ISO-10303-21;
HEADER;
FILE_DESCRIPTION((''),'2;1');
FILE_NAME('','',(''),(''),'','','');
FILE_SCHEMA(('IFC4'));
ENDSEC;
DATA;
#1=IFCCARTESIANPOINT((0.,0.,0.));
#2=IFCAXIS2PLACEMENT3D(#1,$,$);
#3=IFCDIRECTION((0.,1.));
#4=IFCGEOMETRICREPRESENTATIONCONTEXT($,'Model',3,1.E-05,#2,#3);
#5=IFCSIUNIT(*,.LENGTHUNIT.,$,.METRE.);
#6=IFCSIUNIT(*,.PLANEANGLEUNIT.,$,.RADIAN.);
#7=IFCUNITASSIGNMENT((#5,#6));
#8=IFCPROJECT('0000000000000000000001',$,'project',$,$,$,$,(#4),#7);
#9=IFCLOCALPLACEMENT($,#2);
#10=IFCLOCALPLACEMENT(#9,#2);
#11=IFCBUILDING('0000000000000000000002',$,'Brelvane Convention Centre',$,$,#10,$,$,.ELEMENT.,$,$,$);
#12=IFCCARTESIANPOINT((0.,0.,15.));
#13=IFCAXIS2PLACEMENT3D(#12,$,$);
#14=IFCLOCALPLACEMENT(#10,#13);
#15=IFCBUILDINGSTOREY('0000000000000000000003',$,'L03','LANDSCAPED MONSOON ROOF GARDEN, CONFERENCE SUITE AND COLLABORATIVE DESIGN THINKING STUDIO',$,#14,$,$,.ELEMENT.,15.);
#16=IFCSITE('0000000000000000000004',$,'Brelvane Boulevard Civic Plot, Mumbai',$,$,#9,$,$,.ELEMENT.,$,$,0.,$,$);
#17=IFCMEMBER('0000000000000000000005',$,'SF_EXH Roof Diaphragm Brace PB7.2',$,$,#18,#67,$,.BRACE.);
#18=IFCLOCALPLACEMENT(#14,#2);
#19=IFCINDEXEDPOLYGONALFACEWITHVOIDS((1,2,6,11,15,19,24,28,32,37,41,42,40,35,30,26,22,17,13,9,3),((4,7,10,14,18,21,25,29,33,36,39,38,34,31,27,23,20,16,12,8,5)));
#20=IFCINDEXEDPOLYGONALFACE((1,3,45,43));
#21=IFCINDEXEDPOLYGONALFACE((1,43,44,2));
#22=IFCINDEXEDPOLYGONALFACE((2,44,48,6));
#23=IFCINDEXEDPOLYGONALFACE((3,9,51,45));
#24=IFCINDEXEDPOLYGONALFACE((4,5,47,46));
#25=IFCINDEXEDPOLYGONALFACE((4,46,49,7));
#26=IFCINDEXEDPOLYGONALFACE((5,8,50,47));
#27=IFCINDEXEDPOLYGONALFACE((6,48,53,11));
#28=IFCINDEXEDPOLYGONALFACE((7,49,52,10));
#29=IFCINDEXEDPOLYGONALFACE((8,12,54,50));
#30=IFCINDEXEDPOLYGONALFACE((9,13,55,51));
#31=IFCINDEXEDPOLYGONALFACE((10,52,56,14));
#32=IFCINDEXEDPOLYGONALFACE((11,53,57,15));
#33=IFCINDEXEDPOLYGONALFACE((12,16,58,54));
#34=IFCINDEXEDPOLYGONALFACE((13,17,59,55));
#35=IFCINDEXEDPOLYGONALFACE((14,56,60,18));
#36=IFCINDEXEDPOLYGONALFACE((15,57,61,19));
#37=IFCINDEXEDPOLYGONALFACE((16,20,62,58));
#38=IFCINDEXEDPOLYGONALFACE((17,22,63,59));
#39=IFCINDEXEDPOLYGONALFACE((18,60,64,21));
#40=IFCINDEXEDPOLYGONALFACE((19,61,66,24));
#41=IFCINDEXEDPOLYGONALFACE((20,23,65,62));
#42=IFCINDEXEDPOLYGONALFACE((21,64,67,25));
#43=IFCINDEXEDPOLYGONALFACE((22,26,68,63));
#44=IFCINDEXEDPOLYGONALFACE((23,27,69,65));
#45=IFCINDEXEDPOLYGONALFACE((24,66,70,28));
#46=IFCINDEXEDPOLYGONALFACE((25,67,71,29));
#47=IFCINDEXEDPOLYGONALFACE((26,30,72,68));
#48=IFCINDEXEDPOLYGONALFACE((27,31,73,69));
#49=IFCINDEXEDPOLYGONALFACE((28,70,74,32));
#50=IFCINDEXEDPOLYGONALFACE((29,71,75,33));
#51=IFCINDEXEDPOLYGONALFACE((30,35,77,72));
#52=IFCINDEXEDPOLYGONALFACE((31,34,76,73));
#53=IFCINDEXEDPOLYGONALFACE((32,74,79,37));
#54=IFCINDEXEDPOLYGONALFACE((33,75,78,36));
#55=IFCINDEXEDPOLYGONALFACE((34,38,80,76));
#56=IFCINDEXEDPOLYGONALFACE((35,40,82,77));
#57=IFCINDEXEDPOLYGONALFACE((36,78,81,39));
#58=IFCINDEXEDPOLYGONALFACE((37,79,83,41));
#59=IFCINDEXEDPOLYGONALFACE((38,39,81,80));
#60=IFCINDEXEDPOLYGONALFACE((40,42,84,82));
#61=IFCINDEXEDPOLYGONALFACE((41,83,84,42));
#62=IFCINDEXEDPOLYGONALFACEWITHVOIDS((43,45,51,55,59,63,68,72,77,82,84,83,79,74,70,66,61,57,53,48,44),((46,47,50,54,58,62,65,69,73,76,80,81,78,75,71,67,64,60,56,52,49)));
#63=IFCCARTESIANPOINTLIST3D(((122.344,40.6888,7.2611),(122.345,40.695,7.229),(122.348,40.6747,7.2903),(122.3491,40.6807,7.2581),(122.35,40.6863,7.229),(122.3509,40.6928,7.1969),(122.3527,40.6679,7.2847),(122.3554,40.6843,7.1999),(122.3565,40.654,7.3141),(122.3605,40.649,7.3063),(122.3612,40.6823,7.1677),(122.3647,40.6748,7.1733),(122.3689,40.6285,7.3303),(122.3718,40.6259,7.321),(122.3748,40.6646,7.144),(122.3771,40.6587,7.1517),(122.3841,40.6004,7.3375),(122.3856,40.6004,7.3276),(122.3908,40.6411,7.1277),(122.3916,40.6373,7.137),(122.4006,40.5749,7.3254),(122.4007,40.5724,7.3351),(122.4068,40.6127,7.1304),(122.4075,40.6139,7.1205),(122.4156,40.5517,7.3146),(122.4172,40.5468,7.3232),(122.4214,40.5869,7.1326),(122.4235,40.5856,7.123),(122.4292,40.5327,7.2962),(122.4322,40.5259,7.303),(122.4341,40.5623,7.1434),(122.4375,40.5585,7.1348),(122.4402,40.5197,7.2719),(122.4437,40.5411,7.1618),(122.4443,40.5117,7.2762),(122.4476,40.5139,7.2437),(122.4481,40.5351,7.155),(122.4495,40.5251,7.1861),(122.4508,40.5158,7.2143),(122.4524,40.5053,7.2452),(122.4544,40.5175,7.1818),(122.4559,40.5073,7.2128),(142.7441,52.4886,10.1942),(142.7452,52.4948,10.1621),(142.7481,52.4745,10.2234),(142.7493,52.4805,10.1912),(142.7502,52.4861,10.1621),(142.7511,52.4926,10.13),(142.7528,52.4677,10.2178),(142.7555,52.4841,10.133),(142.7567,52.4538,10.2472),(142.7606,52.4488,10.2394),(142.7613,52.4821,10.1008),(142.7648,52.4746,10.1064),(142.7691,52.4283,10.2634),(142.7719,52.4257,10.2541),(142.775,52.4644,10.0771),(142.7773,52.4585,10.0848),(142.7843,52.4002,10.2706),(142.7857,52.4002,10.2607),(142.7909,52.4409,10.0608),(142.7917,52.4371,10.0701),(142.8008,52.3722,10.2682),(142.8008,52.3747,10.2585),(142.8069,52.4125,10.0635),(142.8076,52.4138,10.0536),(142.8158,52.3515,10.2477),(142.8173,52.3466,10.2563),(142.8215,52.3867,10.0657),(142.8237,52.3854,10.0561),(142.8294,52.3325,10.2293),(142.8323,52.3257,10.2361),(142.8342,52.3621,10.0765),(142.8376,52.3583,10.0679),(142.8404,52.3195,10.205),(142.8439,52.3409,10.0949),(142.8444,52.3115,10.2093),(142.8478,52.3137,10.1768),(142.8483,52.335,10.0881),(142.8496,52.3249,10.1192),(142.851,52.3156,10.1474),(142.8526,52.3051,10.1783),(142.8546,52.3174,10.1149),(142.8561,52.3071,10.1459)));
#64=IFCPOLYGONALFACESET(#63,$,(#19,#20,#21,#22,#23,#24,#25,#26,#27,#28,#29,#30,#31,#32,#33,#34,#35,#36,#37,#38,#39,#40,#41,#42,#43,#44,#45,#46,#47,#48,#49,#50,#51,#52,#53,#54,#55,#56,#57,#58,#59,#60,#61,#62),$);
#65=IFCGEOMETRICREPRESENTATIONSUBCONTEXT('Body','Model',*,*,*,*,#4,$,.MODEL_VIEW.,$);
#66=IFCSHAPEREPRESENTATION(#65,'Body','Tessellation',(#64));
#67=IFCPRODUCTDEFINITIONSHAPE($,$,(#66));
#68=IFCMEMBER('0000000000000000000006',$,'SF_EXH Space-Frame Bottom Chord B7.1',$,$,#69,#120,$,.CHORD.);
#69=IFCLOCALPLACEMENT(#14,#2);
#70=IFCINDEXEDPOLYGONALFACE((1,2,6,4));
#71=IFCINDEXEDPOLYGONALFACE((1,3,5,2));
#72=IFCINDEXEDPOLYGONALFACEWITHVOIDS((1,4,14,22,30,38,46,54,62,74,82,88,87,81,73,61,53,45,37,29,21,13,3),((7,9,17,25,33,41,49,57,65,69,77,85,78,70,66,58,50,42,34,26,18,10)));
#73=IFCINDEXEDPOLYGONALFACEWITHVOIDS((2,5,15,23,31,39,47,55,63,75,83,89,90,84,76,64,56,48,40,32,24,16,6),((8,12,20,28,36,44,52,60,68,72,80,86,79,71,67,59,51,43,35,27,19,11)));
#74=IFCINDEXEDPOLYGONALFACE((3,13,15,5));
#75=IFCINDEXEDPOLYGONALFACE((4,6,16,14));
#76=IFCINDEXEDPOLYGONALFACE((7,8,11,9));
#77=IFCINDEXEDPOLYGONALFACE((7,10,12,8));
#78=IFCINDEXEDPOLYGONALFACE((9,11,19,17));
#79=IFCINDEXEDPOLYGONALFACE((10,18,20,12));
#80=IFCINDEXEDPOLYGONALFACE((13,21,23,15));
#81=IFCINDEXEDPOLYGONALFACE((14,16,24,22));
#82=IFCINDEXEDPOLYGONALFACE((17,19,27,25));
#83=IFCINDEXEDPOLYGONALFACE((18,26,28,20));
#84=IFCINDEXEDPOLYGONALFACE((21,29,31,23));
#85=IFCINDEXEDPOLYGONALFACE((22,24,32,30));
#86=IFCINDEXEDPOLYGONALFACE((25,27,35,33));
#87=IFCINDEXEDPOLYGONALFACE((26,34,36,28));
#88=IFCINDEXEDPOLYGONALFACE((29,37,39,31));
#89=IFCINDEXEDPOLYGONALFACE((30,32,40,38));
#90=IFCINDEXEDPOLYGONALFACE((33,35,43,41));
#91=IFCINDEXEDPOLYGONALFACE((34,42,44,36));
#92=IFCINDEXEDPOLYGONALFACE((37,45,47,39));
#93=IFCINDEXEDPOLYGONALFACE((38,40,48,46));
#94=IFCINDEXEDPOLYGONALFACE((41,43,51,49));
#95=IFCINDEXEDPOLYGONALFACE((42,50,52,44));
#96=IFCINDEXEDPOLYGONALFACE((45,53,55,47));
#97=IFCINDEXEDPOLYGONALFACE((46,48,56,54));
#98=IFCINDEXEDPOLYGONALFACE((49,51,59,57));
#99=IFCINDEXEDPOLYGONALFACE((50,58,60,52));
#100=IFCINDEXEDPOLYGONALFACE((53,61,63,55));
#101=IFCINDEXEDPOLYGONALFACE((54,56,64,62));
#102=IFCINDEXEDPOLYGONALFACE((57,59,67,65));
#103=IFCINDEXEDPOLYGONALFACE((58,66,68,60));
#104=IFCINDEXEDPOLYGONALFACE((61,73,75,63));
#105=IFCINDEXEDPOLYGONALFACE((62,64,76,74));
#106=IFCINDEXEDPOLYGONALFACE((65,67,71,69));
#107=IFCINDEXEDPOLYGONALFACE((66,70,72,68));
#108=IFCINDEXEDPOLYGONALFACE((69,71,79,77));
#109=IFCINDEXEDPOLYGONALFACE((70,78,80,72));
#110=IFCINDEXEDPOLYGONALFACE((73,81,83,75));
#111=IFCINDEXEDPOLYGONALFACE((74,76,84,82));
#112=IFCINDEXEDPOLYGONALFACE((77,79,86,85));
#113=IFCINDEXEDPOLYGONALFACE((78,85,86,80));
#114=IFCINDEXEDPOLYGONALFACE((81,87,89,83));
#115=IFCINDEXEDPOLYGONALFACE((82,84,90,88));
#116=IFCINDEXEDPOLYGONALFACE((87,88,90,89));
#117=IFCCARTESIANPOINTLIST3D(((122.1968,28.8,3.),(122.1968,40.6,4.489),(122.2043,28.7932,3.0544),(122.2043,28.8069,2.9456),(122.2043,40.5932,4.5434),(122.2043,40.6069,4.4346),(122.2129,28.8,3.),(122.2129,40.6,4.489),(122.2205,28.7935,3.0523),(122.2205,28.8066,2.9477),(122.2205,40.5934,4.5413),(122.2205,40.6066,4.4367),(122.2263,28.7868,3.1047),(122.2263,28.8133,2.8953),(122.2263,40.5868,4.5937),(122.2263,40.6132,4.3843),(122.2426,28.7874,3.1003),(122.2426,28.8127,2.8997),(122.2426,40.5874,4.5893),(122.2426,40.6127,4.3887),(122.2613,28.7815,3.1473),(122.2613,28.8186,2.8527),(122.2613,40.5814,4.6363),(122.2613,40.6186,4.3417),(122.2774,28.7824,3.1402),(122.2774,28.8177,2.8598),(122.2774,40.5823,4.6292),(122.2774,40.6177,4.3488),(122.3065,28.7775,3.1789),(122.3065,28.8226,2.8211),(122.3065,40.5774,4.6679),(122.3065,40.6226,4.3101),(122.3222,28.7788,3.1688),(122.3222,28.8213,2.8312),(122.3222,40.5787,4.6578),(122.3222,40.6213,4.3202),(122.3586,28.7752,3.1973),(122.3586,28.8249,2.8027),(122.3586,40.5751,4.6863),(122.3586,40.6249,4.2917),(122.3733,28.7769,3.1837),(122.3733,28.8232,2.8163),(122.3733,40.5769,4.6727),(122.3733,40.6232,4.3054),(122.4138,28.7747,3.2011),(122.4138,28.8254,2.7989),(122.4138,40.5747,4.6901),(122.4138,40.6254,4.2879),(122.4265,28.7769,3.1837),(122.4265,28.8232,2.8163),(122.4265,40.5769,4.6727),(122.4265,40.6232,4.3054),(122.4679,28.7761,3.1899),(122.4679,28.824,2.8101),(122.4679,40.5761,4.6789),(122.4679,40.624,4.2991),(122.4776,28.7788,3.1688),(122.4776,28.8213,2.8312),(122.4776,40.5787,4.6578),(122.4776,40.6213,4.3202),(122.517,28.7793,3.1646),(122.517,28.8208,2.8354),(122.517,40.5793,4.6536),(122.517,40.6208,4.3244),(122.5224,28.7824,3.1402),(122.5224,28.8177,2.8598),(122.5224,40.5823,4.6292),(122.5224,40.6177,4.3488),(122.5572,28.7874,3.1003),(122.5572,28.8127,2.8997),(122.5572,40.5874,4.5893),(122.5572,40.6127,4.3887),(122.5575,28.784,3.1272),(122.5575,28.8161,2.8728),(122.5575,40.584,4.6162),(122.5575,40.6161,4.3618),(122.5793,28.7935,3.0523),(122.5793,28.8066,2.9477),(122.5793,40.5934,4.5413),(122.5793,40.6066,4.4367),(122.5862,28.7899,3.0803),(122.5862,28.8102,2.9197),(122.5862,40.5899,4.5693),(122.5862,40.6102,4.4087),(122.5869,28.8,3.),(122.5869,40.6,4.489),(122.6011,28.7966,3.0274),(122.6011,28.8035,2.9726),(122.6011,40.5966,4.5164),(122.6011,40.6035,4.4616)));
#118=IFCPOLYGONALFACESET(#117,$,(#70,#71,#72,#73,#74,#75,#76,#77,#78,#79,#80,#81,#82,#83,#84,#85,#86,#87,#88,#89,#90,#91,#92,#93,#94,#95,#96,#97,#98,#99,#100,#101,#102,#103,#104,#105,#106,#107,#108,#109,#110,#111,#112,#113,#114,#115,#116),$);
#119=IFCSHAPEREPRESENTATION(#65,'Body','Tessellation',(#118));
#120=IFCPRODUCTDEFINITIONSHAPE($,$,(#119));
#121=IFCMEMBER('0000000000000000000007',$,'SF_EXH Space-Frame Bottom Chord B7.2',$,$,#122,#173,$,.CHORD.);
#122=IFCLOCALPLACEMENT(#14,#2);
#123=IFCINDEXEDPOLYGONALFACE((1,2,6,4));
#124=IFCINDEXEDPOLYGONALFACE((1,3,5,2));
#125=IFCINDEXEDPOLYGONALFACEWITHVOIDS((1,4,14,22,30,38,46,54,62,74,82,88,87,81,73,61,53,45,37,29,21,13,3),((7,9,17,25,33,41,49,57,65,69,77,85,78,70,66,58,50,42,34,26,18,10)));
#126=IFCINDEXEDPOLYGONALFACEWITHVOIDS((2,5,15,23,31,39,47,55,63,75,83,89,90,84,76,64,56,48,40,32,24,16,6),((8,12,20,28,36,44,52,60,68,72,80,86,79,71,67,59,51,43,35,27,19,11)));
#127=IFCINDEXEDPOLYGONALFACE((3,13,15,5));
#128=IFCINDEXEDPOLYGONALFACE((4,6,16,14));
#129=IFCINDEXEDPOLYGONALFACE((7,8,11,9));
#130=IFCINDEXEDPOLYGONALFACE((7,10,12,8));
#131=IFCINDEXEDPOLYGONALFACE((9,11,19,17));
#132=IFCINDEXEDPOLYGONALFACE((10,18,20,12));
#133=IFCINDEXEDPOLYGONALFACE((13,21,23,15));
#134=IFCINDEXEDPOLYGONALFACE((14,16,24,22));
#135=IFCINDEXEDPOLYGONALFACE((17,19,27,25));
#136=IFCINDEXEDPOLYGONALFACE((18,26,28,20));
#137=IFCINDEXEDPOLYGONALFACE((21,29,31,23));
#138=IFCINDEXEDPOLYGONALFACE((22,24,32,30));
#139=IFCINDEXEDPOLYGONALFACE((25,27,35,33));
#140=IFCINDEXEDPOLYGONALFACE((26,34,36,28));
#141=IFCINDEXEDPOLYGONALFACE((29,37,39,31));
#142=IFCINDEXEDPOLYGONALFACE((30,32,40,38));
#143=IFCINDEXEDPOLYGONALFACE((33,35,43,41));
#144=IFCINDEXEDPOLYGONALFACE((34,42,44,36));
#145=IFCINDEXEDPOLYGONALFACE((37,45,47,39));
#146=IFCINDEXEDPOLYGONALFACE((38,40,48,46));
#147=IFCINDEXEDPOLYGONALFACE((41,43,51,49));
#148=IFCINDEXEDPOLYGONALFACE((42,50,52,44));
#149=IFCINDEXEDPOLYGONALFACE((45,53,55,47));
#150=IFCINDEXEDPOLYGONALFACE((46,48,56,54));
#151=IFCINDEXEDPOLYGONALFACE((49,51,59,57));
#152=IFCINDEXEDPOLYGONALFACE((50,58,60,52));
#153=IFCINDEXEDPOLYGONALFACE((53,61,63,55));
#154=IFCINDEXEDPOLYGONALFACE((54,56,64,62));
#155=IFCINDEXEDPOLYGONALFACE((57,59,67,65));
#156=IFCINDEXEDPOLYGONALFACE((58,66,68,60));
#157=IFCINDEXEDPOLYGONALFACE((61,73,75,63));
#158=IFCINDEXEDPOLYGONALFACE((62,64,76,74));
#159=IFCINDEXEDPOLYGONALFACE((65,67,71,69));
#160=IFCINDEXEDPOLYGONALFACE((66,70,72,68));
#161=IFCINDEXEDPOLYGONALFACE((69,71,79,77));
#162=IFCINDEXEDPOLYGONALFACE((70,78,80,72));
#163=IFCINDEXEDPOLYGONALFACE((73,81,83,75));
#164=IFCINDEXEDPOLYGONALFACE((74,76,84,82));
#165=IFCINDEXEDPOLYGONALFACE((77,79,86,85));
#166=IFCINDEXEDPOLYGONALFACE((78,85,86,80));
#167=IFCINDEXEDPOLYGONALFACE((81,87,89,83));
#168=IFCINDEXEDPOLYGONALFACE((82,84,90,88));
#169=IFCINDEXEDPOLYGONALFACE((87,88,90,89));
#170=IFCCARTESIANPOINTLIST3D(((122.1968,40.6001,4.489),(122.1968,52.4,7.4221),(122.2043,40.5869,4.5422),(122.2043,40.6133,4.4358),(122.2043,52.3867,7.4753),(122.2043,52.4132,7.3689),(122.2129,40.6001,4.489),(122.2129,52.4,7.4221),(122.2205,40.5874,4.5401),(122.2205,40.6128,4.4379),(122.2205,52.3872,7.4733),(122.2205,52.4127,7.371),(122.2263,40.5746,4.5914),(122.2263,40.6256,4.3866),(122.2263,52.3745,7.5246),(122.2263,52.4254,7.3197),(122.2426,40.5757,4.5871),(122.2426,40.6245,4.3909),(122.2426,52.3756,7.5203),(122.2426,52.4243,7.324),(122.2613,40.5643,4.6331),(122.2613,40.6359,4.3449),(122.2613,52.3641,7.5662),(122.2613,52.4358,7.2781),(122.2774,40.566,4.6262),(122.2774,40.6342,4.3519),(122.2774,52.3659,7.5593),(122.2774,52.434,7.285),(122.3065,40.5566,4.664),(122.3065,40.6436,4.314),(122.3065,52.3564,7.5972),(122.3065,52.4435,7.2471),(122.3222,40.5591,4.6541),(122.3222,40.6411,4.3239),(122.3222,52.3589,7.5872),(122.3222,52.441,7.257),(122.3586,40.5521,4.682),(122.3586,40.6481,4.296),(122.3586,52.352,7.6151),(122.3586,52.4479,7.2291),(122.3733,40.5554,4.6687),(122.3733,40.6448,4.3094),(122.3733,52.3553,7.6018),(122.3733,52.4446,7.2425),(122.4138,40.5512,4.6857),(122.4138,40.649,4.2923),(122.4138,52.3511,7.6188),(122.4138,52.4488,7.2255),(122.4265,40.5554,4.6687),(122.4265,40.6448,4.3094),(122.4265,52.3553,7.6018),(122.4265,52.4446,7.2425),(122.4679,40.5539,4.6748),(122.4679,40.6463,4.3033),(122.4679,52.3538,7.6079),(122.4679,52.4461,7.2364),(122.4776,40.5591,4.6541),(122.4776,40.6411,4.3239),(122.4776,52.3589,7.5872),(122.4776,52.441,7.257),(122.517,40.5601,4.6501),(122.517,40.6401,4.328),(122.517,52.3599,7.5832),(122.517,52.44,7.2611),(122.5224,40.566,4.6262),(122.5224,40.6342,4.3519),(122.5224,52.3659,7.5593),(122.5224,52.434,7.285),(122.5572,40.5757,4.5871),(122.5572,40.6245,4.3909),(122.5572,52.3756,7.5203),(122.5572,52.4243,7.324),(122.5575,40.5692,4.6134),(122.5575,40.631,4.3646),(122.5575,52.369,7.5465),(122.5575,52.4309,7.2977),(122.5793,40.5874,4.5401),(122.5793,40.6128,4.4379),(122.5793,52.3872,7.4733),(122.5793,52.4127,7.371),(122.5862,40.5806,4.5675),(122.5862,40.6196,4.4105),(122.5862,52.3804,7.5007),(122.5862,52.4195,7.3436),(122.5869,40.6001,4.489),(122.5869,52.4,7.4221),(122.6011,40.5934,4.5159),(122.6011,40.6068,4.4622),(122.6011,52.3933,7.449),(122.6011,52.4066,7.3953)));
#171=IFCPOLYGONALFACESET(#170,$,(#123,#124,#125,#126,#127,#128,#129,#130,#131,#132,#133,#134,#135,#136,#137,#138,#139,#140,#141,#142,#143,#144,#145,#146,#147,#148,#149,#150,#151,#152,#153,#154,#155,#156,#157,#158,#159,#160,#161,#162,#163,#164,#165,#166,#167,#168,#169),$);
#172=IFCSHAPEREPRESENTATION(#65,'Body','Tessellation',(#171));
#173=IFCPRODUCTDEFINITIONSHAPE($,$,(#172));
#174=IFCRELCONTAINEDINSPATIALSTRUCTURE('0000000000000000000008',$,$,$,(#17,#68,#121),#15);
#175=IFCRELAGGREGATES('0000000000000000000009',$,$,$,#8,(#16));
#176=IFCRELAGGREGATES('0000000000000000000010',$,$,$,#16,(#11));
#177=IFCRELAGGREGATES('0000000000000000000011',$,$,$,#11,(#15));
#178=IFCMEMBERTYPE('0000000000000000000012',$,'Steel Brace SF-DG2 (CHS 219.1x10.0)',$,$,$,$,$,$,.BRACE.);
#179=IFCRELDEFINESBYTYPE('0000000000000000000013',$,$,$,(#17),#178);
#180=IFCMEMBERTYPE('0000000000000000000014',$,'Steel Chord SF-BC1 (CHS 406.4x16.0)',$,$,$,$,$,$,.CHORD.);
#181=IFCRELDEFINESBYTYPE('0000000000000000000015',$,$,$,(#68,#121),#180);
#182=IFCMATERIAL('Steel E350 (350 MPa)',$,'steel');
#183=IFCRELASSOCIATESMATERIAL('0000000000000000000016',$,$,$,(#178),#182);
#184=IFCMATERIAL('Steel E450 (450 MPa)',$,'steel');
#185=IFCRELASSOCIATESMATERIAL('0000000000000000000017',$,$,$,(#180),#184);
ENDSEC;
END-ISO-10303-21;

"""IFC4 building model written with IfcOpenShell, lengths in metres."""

from ifc_helpers import new_model, si_unit, direction, frame, origin, origin_2d, place, context, subcontext, project, spatial, hollow_circle, extrude, material, material_profile, profile_set, type_object, element, save


model = new_model("IFC4")

# Units and contexts
model_context = context("Model", 3, precision=1e-05, world=origin(), true_north=direction((0.0, 1.0)))
body_context = subcontext(model_context, "Body", "Model", "MODEL_VIEW")
ifc_project = project(units=[si_unit("LENGTHUNIT", "METRE"), si_unit("PLANEANGLEUNIT", "RADIAN")], contexts=[model_context])

# Site, building, storey
site_placement = place(None, origin())
site = spatial("IfcSite", under=ifc_project, at=site_placement, Name="Brelvane Boulevard Civic Plot, Mumbai", CompositionType="ELEMENT", RefElevation=0.0)
building_placement = place(site_placement, origin())
building = spatial("IfcBuilding", under=site, at=building_placement, Name="Brelvane Convention Centre", CompositionType="ELEMENT")
storey_placement = place(building_placement, frame((0.0, 0.0, 15.0)))
storey = spatial("IfcBuildingStorey", under=building, at=storey_placement, Name="L03", Description="LANDSCAPED MONSOON ROOF GARDEN, CONFERENCE SUITE AND COLLABORATIVE DESIGN THINKING STUDIO", CompositionType="ELEMENT", Elevation=15.0)

# Members
ifc_material_1 = material(Name="Steel E350 (350 MPa)", Category="steel")
ifc_material_profile_1 = material_profile(ifc_material_1, hollow_circle(Radius=0.1096, WallThickness=0.01, at=origin_2d()), Name="CHS 219.1x10.0")
ifc_profile_set_1 = profile_set([ifc_material_profile_1], Name="Steel E350 (350 MPa)")
member_type_1 = type_object("IfcMemberType", Name="Steel Brace SF-DG2 (CHS 219.1x10.0)", PredefinedType="BRACE", material=ifc_profile_set_1)
member_1_placement = place(storey_placement, frame((122.3999, 40.6001, 7.229), z_axis=(0.858998, 0.496859, 0.123506), x_axis=(-0.500693, 0.865625, 0.0)))
element("IfcMember", 1, at=member_1_placement, inside=storey, type_object=member_type_1, Name="SF_EXH Roof Diaphragm Brace PB7.2", PredefinedType="BRACE", context=body_context, shape_type="SweptSolid", body=[
    extrude(hollow_circle(Radius=0.1096, WallThickness=0.01, at=origin_2d()), origin(), (0.0, 0.0, 1.0), 23.7488),
])
ifc_material_2 = material(Name="Steel E450 (450 MPa)", Category="steel")
ifc_material_profile_2 = material_profile(ifc_material_2, hollow_circle(Radius=0.2031, WallThickness=0.0161, at=origin_2d()), Name="CHS 406.4x16.0")
ifc_profile_set_2 = profile_set([ifc_material_profile_2], Name="Steel E450 (450 MPa)")
member_type_2 = type_object("IfcMemberType", Name="Steel Chord SF-BC1 (CHS 406.4x16.0)", PredefinedType="CHORD", material=ifc_profile_set_2)
member_2_placement = place(storey_placement, frame((122.3999, 28.8, 3.0), z_axis=(0.0, 0.992132, 0.125194), x_axis=(-1.0, 0.0, 0.0)))
element("IfcMember", 2, at=member_2_placement, inside=storey, type_object=member_type_2, Name="SF_EXH Space-Frame Bottom Chord B7.1", PredefinedType="CHORD", context=body_context, shape_type="SweptSolid", body=[
    extrude(hollow_circle(Radius=0.2031, WallThickness=0.0161, at=origin_2d()), origin(), (0.0, 0.0, 1.0), 11.8936),
])
member_3_placement = place(storey_placement, frame((122.3999, 40.6001, 4.489), z_axis=(0.0, 0.970468, 0.241231), x_axis=(-1.0, 0.0, 0.0)))
element("IfcMember", 3, at=member_3_placement, inside=storey, type_object=member_type_2, Name="SF_EXH Space-Frame Bottom Chord B7.2", PredefinedType="CHORD", context=body_context, shape_type="SweptSolid", body=[
    extrude(hollow_circle(Radius=0.2031, WallThickness=0.0161, at=origin_2d()), origin(), (0.0, 0.0, 1.0), 12.1589),
])

save(model, "model.ifc")
